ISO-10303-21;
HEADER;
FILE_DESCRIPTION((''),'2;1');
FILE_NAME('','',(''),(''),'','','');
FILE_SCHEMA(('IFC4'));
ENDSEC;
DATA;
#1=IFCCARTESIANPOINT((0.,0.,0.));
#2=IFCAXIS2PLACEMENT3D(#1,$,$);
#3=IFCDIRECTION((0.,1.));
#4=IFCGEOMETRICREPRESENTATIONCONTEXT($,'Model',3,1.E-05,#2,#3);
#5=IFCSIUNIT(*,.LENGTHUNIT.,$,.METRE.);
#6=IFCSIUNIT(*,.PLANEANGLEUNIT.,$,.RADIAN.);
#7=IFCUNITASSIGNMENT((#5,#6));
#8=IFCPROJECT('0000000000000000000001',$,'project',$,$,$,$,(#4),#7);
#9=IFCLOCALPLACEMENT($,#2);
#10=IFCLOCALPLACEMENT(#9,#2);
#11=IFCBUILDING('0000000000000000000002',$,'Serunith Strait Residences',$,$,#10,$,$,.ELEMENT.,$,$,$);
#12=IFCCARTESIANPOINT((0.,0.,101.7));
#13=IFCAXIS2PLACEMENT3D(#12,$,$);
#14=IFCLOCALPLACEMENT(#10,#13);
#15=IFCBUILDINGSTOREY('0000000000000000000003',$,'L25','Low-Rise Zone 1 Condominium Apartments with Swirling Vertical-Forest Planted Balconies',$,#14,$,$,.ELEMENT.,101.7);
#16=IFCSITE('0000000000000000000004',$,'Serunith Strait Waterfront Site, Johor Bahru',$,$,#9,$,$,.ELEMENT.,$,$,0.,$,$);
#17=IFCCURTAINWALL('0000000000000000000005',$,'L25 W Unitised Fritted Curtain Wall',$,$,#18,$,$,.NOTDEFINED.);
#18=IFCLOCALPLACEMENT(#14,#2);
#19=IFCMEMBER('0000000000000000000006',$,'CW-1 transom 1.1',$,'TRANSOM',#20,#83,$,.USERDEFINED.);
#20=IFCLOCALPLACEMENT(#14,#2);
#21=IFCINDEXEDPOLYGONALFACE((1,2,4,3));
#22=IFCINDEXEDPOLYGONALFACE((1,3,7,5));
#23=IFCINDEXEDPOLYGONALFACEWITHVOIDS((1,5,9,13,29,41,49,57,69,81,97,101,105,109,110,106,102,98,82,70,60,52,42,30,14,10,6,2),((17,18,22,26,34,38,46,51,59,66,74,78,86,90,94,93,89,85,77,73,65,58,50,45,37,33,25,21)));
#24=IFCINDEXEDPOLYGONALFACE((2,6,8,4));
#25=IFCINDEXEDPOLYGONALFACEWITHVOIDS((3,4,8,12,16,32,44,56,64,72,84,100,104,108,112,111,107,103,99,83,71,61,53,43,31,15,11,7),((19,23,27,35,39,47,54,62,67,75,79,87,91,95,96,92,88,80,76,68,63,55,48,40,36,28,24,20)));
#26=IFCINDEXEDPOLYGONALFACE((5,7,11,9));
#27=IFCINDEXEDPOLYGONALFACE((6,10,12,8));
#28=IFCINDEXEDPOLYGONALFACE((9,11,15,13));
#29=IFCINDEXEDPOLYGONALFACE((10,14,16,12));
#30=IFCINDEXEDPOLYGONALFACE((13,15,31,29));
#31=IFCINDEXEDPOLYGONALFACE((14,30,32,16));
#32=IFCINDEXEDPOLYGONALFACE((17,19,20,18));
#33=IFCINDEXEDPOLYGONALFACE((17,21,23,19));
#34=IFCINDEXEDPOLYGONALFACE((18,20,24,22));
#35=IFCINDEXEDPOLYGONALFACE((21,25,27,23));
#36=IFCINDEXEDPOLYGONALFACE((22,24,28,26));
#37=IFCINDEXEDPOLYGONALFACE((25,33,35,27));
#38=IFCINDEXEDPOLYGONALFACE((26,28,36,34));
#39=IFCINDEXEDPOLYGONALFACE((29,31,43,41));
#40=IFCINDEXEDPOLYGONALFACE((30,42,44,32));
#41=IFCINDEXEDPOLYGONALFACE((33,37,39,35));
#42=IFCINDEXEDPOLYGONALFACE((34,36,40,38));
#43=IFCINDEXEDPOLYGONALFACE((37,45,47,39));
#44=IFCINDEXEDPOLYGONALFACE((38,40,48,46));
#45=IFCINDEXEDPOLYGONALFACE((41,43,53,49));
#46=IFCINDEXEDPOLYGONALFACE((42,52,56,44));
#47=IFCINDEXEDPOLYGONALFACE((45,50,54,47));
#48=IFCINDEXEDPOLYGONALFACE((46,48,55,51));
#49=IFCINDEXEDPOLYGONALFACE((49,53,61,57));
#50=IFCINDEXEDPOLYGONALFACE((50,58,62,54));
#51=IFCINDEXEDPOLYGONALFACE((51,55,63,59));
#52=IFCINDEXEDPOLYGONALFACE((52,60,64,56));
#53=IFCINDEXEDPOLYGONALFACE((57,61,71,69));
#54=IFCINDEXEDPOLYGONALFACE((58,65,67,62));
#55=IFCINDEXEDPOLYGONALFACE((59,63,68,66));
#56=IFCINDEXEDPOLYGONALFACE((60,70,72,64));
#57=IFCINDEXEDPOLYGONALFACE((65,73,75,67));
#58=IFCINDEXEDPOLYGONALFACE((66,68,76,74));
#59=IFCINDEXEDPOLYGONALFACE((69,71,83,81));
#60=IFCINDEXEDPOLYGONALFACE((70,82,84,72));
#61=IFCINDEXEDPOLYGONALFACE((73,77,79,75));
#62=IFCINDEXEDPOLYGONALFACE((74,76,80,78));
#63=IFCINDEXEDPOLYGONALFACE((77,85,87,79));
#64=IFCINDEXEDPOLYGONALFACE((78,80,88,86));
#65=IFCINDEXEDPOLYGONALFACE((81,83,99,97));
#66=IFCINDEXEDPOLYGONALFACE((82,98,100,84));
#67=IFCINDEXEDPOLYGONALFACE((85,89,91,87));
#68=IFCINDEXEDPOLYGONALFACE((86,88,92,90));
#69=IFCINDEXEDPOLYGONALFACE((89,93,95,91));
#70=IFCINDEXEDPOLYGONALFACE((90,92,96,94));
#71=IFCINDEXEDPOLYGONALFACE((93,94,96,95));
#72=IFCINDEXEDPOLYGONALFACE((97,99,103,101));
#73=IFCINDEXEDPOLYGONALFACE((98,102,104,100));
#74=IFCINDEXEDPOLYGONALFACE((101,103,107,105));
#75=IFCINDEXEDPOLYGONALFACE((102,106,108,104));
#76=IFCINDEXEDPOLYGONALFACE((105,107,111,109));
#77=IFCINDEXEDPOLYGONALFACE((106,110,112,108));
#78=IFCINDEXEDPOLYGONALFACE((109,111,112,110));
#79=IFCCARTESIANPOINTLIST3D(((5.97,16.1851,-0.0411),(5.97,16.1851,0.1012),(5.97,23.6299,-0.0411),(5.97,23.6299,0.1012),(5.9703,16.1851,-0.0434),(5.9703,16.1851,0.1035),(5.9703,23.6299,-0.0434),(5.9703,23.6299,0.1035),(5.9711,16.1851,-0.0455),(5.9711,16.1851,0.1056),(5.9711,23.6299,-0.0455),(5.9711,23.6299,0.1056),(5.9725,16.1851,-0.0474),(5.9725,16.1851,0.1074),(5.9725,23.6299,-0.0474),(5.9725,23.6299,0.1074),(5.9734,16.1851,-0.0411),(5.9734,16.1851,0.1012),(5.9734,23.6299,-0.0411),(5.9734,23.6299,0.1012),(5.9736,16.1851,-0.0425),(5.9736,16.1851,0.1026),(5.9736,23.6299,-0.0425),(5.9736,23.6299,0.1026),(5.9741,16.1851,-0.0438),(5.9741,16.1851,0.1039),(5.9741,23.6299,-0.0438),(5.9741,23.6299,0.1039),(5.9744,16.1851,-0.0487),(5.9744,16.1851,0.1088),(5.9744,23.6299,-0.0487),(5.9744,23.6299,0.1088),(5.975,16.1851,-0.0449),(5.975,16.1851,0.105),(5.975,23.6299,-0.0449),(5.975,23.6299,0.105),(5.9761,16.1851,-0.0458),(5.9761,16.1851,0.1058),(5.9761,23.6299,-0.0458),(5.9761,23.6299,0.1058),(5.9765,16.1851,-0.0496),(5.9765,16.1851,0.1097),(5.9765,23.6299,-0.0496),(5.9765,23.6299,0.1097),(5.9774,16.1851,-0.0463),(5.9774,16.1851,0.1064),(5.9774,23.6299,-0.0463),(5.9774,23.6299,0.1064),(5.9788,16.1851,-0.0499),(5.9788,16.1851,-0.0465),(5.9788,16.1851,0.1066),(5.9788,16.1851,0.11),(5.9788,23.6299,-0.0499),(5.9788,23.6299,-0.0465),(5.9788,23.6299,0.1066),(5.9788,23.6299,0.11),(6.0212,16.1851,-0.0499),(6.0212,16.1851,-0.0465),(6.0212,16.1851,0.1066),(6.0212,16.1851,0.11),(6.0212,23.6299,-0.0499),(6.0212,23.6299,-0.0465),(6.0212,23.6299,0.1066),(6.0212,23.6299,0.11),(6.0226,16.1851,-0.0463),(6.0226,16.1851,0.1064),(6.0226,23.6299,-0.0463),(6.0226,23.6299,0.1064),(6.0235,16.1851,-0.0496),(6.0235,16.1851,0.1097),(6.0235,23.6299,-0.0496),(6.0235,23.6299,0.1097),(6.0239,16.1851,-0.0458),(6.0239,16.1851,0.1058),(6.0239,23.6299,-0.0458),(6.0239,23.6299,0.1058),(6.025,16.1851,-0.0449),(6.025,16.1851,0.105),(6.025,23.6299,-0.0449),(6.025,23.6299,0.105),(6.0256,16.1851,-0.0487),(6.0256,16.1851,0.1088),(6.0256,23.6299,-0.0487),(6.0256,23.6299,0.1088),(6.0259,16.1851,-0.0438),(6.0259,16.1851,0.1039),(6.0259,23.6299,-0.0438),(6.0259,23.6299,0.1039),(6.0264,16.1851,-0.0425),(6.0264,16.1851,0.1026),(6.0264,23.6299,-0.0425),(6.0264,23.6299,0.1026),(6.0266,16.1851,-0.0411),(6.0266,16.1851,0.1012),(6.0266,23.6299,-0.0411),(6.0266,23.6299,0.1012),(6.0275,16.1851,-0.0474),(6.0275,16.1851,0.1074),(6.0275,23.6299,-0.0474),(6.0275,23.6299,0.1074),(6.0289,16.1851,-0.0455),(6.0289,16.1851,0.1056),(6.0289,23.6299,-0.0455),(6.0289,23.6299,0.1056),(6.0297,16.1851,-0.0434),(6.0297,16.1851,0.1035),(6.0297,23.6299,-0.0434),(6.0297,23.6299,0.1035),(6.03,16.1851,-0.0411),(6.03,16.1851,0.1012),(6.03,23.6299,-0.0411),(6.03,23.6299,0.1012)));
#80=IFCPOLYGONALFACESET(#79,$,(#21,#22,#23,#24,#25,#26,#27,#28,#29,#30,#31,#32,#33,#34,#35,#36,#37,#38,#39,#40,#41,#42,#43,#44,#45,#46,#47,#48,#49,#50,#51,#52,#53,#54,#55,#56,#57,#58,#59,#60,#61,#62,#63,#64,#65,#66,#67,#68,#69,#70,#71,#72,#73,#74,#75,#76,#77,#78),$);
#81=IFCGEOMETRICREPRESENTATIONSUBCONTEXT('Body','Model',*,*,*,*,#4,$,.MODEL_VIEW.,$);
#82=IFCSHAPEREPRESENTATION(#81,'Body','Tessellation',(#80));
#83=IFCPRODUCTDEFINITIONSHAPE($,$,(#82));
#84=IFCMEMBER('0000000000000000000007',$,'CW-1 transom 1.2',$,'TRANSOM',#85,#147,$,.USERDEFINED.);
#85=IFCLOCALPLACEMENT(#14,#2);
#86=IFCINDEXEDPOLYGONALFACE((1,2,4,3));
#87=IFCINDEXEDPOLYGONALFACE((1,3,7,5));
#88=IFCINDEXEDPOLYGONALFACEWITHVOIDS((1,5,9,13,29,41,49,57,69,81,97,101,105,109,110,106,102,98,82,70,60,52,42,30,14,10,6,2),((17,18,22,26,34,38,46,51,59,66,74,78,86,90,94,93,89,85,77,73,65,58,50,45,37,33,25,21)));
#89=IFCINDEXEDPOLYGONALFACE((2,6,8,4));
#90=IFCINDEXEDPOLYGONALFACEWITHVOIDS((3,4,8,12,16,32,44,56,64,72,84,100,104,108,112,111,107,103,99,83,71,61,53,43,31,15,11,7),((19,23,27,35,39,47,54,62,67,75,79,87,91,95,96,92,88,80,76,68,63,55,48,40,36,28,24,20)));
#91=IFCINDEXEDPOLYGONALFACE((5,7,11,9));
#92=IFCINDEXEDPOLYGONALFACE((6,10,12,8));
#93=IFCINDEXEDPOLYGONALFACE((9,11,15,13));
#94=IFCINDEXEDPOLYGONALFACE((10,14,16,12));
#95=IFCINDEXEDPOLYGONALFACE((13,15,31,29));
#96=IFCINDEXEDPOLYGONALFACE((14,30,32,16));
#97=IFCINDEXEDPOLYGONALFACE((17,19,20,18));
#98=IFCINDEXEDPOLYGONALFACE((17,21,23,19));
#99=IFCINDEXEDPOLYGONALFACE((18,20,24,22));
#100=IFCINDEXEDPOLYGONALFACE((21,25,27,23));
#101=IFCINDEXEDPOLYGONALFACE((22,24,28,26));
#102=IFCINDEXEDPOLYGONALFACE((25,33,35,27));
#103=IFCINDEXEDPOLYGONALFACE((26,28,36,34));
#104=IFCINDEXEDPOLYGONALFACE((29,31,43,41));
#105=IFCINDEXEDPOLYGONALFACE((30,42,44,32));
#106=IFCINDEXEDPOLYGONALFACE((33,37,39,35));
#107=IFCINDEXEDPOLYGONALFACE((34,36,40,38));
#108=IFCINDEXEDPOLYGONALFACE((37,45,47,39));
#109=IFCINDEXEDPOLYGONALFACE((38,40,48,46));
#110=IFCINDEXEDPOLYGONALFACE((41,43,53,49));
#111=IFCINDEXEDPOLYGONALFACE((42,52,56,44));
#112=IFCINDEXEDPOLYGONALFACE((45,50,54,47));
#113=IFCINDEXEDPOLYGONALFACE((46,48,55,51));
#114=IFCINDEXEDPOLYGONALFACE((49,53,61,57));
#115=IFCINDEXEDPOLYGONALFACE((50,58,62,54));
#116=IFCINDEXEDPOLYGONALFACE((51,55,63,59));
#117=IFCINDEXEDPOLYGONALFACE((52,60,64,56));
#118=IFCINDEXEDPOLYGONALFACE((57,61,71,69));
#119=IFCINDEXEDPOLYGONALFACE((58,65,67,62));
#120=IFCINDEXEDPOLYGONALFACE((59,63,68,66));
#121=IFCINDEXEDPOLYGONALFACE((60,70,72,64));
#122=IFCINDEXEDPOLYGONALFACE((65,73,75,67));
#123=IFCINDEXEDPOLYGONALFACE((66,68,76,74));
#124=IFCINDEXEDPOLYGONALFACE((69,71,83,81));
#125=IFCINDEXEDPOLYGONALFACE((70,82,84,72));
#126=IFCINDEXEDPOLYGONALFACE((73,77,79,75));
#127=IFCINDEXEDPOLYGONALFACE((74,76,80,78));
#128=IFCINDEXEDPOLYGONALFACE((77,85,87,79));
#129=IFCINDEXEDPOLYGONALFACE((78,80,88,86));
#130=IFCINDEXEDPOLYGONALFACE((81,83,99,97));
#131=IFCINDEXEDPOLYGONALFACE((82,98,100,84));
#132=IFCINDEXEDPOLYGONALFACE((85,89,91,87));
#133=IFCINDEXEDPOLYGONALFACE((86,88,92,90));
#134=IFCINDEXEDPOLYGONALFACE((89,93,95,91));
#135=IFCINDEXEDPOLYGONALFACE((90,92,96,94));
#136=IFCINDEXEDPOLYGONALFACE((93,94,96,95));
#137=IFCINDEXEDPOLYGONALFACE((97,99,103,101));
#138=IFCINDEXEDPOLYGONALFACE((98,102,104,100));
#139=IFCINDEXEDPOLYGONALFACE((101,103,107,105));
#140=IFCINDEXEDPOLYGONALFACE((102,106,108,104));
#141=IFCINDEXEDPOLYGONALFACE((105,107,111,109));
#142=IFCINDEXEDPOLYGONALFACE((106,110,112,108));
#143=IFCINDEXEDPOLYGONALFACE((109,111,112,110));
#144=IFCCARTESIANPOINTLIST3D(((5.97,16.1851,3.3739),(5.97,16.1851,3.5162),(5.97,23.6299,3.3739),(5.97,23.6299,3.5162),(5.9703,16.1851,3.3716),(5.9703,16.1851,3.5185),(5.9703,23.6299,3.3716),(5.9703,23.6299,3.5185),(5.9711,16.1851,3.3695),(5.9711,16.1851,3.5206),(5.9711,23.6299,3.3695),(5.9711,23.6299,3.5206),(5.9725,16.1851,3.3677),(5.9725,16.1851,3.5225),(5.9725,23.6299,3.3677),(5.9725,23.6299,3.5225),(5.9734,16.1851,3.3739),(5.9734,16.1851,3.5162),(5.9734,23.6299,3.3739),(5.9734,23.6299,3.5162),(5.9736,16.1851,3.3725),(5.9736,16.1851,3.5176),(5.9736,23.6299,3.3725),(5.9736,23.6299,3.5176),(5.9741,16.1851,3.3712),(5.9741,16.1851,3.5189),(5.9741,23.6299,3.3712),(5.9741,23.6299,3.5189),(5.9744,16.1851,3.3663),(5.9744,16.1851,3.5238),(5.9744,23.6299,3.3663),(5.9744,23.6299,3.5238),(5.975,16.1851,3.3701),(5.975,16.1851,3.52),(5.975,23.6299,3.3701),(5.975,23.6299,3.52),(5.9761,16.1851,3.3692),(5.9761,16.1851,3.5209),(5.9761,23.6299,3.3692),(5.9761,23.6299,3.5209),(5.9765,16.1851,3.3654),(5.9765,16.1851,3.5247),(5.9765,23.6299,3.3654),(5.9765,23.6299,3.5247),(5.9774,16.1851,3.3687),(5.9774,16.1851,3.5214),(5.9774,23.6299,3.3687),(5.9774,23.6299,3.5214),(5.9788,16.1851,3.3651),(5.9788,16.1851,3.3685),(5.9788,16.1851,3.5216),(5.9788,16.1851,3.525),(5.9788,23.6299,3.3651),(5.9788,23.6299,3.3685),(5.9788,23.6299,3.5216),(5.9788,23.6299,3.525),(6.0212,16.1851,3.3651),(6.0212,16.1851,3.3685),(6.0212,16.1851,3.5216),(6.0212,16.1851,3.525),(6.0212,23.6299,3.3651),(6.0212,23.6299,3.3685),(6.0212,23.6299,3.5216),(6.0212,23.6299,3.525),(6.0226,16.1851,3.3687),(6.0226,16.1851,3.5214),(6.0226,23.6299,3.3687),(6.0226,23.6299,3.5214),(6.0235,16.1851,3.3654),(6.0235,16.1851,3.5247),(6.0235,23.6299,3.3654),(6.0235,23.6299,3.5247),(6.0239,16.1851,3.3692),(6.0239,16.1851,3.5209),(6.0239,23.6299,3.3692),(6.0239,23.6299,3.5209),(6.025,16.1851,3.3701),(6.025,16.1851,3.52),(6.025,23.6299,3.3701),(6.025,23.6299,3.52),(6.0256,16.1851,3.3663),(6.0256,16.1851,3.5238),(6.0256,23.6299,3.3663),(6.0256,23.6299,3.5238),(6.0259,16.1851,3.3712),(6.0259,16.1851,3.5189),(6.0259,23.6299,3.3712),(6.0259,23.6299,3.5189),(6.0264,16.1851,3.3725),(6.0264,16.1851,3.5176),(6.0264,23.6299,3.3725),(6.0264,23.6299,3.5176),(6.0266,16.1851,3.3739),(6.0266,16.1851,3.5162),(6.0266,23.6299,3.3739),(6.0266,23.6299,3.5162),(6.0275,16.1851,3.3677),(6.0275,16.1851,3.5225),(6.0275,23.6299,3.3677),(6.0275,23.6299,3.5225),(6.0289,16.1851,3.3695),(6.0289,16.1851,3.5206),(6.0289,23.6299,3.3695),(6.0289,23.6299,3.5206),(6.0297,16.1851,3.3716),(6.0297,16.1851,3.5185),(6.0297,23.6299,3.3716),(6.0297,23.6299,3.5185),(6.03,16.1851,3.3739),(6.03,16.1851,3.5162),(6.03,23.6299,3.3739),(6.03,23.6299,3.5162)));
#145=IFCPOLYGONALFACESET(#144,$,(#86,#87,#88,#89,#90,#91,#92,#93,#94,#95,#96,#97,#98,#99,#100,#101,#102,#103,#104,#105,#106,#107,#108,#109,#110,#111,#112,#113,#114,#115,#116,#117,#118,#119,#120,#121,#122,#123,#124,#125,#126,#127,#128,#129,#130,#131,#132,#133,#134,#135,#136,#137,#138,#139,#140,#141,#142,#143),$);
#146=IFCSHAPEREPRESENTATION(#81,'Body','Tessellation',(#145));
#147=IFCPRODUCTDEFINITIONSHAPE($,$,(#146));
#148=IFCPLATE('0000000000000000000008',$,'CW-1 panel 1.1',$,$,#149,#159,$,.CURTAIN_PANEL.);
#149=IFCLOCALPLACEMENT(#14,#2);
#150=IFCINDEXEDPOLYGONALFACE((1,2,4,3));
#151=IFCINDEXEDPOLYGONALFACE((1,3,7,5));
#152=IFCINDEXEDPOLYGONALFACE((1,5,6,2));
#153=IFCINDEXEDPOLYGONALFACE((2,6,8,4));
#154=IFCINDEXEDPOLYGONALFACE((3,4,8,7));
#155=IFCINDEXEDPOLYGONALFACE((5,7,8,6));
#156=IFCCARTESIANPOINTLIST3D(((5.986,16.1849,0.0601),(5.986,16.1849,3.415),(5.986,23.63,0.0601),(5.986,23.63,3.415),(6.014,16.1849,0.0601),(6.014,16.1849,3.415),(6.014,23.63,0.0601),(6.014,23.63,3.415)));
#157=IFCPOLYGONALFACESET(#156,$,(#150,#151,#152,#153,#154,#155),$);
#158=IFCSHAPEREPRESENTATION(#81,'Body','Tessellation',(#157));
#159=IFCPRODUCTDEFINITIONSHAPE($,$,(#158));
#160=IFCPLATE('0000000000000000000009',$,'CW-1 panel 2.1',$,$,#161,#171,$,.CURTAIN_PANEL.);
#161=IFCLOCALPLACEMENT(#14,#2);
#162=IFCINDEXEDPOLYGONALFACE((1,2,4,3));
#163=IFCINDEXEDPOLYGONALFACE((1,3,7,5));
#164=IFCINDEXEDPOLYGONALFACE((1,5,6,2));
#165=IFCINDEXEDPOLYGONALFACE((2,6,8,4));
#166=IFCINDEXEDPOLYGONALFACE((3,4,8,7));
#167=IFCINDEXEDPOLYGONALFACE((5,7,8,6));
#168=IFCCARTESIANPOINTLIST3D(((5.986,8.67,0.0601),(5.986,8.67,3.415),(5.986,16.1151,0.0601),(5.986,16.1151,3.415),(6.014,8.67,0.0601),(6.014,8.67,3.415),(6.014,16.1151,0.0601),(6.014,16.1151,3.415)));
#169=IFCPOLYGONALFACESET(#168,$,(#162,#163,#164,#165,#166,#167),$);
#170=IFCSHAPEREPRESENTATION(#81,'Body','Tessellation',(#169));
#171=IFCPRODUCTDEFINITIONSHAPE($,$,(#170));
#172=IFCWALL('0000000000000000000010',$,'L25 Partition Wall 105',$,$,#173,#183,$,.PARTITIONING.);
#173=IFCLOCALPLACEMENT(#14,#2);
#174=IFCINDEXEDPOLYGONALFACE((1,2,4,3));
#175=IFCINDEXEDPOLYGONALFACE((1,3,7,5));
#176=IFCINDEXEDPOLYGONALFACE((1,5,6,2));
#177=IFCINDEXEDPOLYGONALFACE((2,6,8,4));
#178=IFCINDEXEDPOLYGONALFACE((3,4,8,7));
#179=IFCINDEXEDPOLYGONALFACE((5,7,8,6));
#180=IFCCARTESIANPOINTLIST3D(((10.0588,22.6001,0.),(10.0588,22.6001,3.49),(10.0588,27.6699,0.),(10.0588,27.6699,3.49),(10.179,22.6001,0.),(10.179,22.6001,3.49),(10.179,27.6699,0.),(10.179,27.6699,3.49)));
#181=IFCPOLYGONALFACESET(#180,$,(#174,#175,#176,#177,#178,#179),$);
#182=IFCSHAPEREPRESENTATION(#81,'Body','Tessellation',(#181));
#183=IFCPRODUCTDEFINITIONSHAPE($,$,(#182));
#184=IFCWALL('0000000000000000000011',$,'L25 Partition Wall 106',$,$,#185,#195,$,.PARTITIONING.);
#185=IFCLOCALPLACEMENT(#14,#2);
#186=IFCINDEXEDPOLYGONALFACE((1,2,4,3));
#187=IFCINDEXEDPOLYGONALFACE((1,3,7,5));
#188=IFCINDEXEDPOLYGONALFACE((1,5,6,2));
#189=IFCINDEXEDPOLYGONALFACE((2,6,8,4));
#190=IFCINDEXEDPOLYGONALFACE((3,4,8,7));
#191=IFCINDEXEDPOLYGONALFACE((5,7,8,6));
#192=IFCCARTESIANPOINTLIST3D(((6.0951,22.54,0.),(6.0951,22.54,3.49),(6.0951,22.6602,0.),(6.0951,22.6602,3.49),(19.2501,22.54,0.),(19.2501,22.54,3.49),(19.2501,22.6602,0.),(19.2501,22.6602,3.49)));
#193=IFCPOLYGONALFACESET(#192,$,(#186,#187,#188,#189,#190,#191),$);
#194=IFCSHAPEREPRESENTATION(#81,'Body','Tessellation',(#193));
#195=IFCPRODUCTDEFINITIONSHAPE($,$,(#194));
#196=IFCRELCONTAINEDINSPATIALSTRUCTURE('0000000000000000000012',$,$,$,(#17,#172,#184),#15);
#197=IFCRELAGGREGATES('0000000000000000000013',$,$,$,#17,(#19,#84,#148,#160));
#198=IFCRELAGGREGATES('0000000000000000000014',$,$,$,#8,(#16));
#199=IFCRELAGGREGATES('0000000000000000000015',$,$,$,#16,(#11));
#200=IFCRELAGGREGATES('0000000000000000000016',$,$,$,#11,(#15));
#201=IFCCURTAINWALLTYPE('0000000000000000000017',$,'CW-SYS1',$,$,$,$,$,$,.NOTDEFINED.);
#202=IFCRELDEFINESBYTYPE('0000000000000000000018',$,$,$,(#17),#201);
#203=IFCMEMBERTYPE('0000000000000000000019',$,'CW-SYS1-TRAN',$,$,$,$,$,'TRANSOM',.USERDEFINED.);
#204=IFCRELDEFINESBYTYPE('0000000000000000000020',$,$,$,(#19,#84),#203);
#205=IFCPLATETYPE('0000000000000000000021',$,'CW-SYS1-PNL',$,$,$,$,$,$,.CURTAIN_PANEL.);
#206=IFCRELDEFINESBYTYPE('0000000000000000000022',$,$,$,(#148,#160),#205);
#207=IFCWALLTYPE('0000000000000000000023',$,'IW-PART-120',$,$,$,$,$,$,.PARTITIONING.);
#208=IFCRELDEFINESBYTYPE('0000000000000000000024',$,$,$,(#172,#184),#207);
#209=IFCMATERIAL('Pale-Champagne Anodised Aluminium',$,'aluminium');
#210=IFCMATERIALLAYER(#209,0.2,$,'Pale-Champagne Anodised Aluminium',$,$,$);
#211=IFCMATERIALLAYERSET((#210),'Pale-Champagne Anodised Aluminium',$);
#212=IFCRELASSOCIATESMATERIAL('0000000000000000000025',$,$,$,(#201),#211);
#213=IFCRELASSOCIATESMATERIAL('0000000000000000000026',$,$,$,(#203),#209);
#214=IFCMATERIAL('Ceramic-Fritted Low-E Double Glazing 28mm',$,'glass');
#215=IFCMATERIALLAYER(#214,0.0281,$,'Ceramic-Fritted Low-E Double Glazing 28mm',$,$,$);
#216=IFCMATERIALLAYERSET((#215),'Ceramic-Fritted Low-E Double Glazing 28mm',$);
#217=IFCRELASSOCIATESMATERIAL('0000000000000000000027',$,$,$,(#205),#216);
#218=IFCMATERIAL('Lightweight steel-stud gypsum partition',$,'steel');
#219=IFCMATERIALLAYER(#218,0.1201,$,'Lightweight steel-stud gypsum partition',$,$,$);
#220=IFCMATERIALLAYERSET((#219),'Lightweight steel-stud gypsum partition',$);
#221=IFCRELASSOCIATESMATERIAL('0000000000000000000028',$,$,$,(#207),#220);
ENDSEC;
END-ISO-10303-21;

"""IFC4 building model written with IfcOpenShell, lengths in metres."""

from ifc_helpers import new_model, si_unit, direction, frame, frame_2d, origin, origin_2d, place, context, subcontext, project, spatial, rectangle, hollow_rectangle, extrude, source, transform, mapped, material, layer, layer_set, material_profile, profile_set, type_object, element, aggregate, save


model = new_model("IFC4")

# Units and contexts
model_context = context("Model", 3, precision=1e-05, world=origin(), true_north=direction((0.0, 1.0)))
body_context = subcontext(model_context, "Body", "Model", "MODEL_VIEW")
ifc_project = project(units=[si_unit("LENGTHUNIT", "METRE"), si_unit("PLANEANGLEUNIT", "RADIAN")], contexts=[model_context])

# Site, building, storey
site_placement = place(None, origin())
site = spatial("IfcSite", under=ifc_project, at=site_placement, Name="Serunith Strait Waterfront Site, Johor Bahru", CompositionType="ELEMENT", RefElevation=0.0)
building_placement = place(site_placement, origin())
building = spatial("IfcBuilding", under=site, at=building_placement, Name="Serunith Strait Residences", CompositionType="ELEMENT")
storey_placement = place(building_placement, frame((0.0, 0.0, 101.7)))
storey = spatial("IfcBuildingStorey", under=building, at=storey_placement, Name="L25", Description="Low-Rise Zone 1 Condominium Apartments with Swirling Vertical-Forest Planted Balconies", CompositionType="ELEMENT", Elevation=101.7)

# Curtain wall, members, plates
ifc_material_1 = material(Name="Pale-Champagne Anodised Aluminium", Category="aluminium")
ifc_layer_1 = layer(ifc_material_1, 0.2, Name="Pale-Champagne Anodised Aluminium")
ifc_layer_set_1 = layer_set([ifc_layer_1], Name="Pale-Champagne Anodised Aluminium")
curtain_wall_type = type_object("IfcCurtainWallType", Name="CW-SYS1", PredefinedType="NOTDEFINED", material=ifc_layer_set_1)
curtain_wall_placement = place(storey_placement, origin())
curtain_wall = element("IfcCurtainWall", 1, at=curtain_wall_placement, inside=storey, type_object=curtain_wall_type, Name="L25 W Unitised Fritted Curtain Wall", PredefinedType="NOTDEFINED")
ifc_material_profile_1 = material_profile(ifc_material_1, hollow_rectangle(XDim=0.0601, YDim=0.1599, WallThickness=0.0034, InnerFilletRadius=0.0054, OuterFilletRadius=0.0088, at=origin_2d()), Name="ALU 160x60x3.5")
ifc_profile_set_1 = profile_set([ifc_material_profile_1], Name="Pale-Champagne Anodised Aluminium")
member_type_1 = type_object("IfcMemberType", Name="CW-SYS1-TRAN", ElementType="TRANSOM", PredefinedType="USERDEFINED", material=ifc_profile_set_1)
shared_shape_1 = source(origin(), body_context, "Body", "SweptSolid", [
    extrude(hollow_rectangle(XDim=0.0601, YDim=0.1599, WallThickness=0.0034, InnerFilletRadius=0.0054, OuterFilletRadius=0.0088, at=origin_2d()), origin(), (0.0, 0.0, 1.0), 7.4448),
])
member_1_placement = place(storey_placement, frame((6.0, 23.6299, 0.03), z_axis=(0.0, -1.0, 0.0), x_axis=(1.0, 0.0, 0.0)))
member_1 = element("IfcMember", 2, at=member_1_placement, type_object=member_type_1, Name="CW-1 transom 1.1", ObjectType="TRANSOM", PredefinedType="USERDEFINED", context=body_context, shape_type="MappedRepresentation", body=[
    mapped(shared_shape_1, transform((0.0, 0.0, 0.0), scale=1.0)),
])
member_2_placement = place(storey_placement, frame((6.0, 23.6299, 3.4451), z_axis=(0.0, -1.0, 0.0), x_axis=(1.0, 0.0, 0.0)))
member_2 = element("IfcMember", 3, at=member_2_placement, type_object=member_type_1, Name="CW-1 transom 1.2", ObjectType="TRANSOM", PredefinedType="USERDEFINED", context=body_context, shape_type="MappedRepresentation", body=[
    mapped(shared_shape_1, transform((0.0, 0.0, 0.0), scale=1.0)),
])
ifc_material_2 = material(Name="Ceramic-Fritted Low-E Double Glazing 28mm", Category="glass")
ifc_layer_2 = layer(ifc_material_2, 0.0281, Name="Ceramic-Fritted Low-E Double Glazing 28mm")
ifc_layer_set_2 = layer_set([ifc_layer_2], Name="Ceramic-Fritted Low-E Double Glazing 28mm")
plate_type = type_object("IfcPlateType", Name="CW-SYS1-PNL", PredefinedType="CURTAIN_PANEL", material=ifc_layer_set_2)
shared_shape_2 = source(origin(), body_context, "Body", "SweptSolid", [
    extrude(rectangle(XDim=7.4451, YDim=0.0281, at=origin_2d()), origin(), (0.0, 0.0, 1.0), 3.355),
])
plate_1_placement = place(storey_placement, frame((6.0, 19.9075, 0.0601), z_axis=(0.0, 0.0, 1.0), x_axis=(0.0, -1.0, 0.0)))
plate_1 = element("IfcPlate", 4, at=plate_1_placement, type_object=plate_type, Name="CW-1 panel 1.1", PredefinedType="CURTAIN_PANEL", context=body_context, shape_type="MappedRepresentation", body=[
    mapped(shared_shape_2, transform((0.0, 0.0, 0.0), scale=1.0)),
])
plate_2_placement = place(storey_placement, frame((6.0, 12.3926, 0.0601), z_axis=(0.0, 0.0, 1.0), x_axis=(0.0, -1.0, 0.0)))
plate_2 = element("IfcPlate", 5, at=plate_2_placement, type_object=plate_type, Name="CW-1 panel 2.1", PredefinedType="CURTAIN_PANEL", context=body_context, shape_type="MappedRepresentation", body=[
    mapped(shared_shape_2, transform((0.0, 0.0, 0.0), scale=1.0)),
])
aggregate(curtain_wall, [member_1, member_2, plate_1, plate_2])

# Walls
ifc_material_3 = material(Name="Lightweight steel-stud gypsum partition", Category="steel")
ifc_layer_3 = layer(ifc_material_3, 0.1201, Name="Lightweight steel-stud gypsum partition")
ifc_layer_set_3 = layer_set([ifc_layer_3], Name="Lightweight steel-stud gypsum partition")
wall_type_1 = type_object("IfcWallType", Name="IW-PART-120", PredefinedType="PARTITIONING", material=ifc_layer_set_3)
wall_1_placement = place(storey_placement, frame((10.1189, 22.6001, 0.0), z_axis=(0.0, 0.0, 1.0), x_axis=(0.0, 1.0, 0.0)))
element("IfcWall", 6, at=wall_1_placement, inside=storey, type_object=wall_type_1, Name="L25 Partition Wall 105", PredefinedType="PARTITIONING", context=body_context, shape_type="SweptSolid", body=[
    extrude(rectangle(XDim=5.0698, YDim=0.1201, at=frame_2d((2.5349, 0.0))), origin(), (0.0, 0.0, 1.0), 3.49),
])
wall_2_placement = place(storey_placement, frame((6.095, 22.6001, 0.0), z_axis=(0.0, 0.0, 1.0), x_axis=(1.0, 0.0, 0.0)))
element("IfcWall", 7, at=wall_2_placement, inside=storey, type_object=wall_type_1, Name="L25 Partition Wall 106", PredefinedType="PARTITIONING", context=body_context, shape_type="SweptSolid", body=[
    extrude(rectangle(XDim=13.155, YDim=0.1201, at=frame_2d((6.5776, 0.0))), origin(), (0.0, 0.0, 1.0), 3.49),
])

save(model, "model.ifc")
